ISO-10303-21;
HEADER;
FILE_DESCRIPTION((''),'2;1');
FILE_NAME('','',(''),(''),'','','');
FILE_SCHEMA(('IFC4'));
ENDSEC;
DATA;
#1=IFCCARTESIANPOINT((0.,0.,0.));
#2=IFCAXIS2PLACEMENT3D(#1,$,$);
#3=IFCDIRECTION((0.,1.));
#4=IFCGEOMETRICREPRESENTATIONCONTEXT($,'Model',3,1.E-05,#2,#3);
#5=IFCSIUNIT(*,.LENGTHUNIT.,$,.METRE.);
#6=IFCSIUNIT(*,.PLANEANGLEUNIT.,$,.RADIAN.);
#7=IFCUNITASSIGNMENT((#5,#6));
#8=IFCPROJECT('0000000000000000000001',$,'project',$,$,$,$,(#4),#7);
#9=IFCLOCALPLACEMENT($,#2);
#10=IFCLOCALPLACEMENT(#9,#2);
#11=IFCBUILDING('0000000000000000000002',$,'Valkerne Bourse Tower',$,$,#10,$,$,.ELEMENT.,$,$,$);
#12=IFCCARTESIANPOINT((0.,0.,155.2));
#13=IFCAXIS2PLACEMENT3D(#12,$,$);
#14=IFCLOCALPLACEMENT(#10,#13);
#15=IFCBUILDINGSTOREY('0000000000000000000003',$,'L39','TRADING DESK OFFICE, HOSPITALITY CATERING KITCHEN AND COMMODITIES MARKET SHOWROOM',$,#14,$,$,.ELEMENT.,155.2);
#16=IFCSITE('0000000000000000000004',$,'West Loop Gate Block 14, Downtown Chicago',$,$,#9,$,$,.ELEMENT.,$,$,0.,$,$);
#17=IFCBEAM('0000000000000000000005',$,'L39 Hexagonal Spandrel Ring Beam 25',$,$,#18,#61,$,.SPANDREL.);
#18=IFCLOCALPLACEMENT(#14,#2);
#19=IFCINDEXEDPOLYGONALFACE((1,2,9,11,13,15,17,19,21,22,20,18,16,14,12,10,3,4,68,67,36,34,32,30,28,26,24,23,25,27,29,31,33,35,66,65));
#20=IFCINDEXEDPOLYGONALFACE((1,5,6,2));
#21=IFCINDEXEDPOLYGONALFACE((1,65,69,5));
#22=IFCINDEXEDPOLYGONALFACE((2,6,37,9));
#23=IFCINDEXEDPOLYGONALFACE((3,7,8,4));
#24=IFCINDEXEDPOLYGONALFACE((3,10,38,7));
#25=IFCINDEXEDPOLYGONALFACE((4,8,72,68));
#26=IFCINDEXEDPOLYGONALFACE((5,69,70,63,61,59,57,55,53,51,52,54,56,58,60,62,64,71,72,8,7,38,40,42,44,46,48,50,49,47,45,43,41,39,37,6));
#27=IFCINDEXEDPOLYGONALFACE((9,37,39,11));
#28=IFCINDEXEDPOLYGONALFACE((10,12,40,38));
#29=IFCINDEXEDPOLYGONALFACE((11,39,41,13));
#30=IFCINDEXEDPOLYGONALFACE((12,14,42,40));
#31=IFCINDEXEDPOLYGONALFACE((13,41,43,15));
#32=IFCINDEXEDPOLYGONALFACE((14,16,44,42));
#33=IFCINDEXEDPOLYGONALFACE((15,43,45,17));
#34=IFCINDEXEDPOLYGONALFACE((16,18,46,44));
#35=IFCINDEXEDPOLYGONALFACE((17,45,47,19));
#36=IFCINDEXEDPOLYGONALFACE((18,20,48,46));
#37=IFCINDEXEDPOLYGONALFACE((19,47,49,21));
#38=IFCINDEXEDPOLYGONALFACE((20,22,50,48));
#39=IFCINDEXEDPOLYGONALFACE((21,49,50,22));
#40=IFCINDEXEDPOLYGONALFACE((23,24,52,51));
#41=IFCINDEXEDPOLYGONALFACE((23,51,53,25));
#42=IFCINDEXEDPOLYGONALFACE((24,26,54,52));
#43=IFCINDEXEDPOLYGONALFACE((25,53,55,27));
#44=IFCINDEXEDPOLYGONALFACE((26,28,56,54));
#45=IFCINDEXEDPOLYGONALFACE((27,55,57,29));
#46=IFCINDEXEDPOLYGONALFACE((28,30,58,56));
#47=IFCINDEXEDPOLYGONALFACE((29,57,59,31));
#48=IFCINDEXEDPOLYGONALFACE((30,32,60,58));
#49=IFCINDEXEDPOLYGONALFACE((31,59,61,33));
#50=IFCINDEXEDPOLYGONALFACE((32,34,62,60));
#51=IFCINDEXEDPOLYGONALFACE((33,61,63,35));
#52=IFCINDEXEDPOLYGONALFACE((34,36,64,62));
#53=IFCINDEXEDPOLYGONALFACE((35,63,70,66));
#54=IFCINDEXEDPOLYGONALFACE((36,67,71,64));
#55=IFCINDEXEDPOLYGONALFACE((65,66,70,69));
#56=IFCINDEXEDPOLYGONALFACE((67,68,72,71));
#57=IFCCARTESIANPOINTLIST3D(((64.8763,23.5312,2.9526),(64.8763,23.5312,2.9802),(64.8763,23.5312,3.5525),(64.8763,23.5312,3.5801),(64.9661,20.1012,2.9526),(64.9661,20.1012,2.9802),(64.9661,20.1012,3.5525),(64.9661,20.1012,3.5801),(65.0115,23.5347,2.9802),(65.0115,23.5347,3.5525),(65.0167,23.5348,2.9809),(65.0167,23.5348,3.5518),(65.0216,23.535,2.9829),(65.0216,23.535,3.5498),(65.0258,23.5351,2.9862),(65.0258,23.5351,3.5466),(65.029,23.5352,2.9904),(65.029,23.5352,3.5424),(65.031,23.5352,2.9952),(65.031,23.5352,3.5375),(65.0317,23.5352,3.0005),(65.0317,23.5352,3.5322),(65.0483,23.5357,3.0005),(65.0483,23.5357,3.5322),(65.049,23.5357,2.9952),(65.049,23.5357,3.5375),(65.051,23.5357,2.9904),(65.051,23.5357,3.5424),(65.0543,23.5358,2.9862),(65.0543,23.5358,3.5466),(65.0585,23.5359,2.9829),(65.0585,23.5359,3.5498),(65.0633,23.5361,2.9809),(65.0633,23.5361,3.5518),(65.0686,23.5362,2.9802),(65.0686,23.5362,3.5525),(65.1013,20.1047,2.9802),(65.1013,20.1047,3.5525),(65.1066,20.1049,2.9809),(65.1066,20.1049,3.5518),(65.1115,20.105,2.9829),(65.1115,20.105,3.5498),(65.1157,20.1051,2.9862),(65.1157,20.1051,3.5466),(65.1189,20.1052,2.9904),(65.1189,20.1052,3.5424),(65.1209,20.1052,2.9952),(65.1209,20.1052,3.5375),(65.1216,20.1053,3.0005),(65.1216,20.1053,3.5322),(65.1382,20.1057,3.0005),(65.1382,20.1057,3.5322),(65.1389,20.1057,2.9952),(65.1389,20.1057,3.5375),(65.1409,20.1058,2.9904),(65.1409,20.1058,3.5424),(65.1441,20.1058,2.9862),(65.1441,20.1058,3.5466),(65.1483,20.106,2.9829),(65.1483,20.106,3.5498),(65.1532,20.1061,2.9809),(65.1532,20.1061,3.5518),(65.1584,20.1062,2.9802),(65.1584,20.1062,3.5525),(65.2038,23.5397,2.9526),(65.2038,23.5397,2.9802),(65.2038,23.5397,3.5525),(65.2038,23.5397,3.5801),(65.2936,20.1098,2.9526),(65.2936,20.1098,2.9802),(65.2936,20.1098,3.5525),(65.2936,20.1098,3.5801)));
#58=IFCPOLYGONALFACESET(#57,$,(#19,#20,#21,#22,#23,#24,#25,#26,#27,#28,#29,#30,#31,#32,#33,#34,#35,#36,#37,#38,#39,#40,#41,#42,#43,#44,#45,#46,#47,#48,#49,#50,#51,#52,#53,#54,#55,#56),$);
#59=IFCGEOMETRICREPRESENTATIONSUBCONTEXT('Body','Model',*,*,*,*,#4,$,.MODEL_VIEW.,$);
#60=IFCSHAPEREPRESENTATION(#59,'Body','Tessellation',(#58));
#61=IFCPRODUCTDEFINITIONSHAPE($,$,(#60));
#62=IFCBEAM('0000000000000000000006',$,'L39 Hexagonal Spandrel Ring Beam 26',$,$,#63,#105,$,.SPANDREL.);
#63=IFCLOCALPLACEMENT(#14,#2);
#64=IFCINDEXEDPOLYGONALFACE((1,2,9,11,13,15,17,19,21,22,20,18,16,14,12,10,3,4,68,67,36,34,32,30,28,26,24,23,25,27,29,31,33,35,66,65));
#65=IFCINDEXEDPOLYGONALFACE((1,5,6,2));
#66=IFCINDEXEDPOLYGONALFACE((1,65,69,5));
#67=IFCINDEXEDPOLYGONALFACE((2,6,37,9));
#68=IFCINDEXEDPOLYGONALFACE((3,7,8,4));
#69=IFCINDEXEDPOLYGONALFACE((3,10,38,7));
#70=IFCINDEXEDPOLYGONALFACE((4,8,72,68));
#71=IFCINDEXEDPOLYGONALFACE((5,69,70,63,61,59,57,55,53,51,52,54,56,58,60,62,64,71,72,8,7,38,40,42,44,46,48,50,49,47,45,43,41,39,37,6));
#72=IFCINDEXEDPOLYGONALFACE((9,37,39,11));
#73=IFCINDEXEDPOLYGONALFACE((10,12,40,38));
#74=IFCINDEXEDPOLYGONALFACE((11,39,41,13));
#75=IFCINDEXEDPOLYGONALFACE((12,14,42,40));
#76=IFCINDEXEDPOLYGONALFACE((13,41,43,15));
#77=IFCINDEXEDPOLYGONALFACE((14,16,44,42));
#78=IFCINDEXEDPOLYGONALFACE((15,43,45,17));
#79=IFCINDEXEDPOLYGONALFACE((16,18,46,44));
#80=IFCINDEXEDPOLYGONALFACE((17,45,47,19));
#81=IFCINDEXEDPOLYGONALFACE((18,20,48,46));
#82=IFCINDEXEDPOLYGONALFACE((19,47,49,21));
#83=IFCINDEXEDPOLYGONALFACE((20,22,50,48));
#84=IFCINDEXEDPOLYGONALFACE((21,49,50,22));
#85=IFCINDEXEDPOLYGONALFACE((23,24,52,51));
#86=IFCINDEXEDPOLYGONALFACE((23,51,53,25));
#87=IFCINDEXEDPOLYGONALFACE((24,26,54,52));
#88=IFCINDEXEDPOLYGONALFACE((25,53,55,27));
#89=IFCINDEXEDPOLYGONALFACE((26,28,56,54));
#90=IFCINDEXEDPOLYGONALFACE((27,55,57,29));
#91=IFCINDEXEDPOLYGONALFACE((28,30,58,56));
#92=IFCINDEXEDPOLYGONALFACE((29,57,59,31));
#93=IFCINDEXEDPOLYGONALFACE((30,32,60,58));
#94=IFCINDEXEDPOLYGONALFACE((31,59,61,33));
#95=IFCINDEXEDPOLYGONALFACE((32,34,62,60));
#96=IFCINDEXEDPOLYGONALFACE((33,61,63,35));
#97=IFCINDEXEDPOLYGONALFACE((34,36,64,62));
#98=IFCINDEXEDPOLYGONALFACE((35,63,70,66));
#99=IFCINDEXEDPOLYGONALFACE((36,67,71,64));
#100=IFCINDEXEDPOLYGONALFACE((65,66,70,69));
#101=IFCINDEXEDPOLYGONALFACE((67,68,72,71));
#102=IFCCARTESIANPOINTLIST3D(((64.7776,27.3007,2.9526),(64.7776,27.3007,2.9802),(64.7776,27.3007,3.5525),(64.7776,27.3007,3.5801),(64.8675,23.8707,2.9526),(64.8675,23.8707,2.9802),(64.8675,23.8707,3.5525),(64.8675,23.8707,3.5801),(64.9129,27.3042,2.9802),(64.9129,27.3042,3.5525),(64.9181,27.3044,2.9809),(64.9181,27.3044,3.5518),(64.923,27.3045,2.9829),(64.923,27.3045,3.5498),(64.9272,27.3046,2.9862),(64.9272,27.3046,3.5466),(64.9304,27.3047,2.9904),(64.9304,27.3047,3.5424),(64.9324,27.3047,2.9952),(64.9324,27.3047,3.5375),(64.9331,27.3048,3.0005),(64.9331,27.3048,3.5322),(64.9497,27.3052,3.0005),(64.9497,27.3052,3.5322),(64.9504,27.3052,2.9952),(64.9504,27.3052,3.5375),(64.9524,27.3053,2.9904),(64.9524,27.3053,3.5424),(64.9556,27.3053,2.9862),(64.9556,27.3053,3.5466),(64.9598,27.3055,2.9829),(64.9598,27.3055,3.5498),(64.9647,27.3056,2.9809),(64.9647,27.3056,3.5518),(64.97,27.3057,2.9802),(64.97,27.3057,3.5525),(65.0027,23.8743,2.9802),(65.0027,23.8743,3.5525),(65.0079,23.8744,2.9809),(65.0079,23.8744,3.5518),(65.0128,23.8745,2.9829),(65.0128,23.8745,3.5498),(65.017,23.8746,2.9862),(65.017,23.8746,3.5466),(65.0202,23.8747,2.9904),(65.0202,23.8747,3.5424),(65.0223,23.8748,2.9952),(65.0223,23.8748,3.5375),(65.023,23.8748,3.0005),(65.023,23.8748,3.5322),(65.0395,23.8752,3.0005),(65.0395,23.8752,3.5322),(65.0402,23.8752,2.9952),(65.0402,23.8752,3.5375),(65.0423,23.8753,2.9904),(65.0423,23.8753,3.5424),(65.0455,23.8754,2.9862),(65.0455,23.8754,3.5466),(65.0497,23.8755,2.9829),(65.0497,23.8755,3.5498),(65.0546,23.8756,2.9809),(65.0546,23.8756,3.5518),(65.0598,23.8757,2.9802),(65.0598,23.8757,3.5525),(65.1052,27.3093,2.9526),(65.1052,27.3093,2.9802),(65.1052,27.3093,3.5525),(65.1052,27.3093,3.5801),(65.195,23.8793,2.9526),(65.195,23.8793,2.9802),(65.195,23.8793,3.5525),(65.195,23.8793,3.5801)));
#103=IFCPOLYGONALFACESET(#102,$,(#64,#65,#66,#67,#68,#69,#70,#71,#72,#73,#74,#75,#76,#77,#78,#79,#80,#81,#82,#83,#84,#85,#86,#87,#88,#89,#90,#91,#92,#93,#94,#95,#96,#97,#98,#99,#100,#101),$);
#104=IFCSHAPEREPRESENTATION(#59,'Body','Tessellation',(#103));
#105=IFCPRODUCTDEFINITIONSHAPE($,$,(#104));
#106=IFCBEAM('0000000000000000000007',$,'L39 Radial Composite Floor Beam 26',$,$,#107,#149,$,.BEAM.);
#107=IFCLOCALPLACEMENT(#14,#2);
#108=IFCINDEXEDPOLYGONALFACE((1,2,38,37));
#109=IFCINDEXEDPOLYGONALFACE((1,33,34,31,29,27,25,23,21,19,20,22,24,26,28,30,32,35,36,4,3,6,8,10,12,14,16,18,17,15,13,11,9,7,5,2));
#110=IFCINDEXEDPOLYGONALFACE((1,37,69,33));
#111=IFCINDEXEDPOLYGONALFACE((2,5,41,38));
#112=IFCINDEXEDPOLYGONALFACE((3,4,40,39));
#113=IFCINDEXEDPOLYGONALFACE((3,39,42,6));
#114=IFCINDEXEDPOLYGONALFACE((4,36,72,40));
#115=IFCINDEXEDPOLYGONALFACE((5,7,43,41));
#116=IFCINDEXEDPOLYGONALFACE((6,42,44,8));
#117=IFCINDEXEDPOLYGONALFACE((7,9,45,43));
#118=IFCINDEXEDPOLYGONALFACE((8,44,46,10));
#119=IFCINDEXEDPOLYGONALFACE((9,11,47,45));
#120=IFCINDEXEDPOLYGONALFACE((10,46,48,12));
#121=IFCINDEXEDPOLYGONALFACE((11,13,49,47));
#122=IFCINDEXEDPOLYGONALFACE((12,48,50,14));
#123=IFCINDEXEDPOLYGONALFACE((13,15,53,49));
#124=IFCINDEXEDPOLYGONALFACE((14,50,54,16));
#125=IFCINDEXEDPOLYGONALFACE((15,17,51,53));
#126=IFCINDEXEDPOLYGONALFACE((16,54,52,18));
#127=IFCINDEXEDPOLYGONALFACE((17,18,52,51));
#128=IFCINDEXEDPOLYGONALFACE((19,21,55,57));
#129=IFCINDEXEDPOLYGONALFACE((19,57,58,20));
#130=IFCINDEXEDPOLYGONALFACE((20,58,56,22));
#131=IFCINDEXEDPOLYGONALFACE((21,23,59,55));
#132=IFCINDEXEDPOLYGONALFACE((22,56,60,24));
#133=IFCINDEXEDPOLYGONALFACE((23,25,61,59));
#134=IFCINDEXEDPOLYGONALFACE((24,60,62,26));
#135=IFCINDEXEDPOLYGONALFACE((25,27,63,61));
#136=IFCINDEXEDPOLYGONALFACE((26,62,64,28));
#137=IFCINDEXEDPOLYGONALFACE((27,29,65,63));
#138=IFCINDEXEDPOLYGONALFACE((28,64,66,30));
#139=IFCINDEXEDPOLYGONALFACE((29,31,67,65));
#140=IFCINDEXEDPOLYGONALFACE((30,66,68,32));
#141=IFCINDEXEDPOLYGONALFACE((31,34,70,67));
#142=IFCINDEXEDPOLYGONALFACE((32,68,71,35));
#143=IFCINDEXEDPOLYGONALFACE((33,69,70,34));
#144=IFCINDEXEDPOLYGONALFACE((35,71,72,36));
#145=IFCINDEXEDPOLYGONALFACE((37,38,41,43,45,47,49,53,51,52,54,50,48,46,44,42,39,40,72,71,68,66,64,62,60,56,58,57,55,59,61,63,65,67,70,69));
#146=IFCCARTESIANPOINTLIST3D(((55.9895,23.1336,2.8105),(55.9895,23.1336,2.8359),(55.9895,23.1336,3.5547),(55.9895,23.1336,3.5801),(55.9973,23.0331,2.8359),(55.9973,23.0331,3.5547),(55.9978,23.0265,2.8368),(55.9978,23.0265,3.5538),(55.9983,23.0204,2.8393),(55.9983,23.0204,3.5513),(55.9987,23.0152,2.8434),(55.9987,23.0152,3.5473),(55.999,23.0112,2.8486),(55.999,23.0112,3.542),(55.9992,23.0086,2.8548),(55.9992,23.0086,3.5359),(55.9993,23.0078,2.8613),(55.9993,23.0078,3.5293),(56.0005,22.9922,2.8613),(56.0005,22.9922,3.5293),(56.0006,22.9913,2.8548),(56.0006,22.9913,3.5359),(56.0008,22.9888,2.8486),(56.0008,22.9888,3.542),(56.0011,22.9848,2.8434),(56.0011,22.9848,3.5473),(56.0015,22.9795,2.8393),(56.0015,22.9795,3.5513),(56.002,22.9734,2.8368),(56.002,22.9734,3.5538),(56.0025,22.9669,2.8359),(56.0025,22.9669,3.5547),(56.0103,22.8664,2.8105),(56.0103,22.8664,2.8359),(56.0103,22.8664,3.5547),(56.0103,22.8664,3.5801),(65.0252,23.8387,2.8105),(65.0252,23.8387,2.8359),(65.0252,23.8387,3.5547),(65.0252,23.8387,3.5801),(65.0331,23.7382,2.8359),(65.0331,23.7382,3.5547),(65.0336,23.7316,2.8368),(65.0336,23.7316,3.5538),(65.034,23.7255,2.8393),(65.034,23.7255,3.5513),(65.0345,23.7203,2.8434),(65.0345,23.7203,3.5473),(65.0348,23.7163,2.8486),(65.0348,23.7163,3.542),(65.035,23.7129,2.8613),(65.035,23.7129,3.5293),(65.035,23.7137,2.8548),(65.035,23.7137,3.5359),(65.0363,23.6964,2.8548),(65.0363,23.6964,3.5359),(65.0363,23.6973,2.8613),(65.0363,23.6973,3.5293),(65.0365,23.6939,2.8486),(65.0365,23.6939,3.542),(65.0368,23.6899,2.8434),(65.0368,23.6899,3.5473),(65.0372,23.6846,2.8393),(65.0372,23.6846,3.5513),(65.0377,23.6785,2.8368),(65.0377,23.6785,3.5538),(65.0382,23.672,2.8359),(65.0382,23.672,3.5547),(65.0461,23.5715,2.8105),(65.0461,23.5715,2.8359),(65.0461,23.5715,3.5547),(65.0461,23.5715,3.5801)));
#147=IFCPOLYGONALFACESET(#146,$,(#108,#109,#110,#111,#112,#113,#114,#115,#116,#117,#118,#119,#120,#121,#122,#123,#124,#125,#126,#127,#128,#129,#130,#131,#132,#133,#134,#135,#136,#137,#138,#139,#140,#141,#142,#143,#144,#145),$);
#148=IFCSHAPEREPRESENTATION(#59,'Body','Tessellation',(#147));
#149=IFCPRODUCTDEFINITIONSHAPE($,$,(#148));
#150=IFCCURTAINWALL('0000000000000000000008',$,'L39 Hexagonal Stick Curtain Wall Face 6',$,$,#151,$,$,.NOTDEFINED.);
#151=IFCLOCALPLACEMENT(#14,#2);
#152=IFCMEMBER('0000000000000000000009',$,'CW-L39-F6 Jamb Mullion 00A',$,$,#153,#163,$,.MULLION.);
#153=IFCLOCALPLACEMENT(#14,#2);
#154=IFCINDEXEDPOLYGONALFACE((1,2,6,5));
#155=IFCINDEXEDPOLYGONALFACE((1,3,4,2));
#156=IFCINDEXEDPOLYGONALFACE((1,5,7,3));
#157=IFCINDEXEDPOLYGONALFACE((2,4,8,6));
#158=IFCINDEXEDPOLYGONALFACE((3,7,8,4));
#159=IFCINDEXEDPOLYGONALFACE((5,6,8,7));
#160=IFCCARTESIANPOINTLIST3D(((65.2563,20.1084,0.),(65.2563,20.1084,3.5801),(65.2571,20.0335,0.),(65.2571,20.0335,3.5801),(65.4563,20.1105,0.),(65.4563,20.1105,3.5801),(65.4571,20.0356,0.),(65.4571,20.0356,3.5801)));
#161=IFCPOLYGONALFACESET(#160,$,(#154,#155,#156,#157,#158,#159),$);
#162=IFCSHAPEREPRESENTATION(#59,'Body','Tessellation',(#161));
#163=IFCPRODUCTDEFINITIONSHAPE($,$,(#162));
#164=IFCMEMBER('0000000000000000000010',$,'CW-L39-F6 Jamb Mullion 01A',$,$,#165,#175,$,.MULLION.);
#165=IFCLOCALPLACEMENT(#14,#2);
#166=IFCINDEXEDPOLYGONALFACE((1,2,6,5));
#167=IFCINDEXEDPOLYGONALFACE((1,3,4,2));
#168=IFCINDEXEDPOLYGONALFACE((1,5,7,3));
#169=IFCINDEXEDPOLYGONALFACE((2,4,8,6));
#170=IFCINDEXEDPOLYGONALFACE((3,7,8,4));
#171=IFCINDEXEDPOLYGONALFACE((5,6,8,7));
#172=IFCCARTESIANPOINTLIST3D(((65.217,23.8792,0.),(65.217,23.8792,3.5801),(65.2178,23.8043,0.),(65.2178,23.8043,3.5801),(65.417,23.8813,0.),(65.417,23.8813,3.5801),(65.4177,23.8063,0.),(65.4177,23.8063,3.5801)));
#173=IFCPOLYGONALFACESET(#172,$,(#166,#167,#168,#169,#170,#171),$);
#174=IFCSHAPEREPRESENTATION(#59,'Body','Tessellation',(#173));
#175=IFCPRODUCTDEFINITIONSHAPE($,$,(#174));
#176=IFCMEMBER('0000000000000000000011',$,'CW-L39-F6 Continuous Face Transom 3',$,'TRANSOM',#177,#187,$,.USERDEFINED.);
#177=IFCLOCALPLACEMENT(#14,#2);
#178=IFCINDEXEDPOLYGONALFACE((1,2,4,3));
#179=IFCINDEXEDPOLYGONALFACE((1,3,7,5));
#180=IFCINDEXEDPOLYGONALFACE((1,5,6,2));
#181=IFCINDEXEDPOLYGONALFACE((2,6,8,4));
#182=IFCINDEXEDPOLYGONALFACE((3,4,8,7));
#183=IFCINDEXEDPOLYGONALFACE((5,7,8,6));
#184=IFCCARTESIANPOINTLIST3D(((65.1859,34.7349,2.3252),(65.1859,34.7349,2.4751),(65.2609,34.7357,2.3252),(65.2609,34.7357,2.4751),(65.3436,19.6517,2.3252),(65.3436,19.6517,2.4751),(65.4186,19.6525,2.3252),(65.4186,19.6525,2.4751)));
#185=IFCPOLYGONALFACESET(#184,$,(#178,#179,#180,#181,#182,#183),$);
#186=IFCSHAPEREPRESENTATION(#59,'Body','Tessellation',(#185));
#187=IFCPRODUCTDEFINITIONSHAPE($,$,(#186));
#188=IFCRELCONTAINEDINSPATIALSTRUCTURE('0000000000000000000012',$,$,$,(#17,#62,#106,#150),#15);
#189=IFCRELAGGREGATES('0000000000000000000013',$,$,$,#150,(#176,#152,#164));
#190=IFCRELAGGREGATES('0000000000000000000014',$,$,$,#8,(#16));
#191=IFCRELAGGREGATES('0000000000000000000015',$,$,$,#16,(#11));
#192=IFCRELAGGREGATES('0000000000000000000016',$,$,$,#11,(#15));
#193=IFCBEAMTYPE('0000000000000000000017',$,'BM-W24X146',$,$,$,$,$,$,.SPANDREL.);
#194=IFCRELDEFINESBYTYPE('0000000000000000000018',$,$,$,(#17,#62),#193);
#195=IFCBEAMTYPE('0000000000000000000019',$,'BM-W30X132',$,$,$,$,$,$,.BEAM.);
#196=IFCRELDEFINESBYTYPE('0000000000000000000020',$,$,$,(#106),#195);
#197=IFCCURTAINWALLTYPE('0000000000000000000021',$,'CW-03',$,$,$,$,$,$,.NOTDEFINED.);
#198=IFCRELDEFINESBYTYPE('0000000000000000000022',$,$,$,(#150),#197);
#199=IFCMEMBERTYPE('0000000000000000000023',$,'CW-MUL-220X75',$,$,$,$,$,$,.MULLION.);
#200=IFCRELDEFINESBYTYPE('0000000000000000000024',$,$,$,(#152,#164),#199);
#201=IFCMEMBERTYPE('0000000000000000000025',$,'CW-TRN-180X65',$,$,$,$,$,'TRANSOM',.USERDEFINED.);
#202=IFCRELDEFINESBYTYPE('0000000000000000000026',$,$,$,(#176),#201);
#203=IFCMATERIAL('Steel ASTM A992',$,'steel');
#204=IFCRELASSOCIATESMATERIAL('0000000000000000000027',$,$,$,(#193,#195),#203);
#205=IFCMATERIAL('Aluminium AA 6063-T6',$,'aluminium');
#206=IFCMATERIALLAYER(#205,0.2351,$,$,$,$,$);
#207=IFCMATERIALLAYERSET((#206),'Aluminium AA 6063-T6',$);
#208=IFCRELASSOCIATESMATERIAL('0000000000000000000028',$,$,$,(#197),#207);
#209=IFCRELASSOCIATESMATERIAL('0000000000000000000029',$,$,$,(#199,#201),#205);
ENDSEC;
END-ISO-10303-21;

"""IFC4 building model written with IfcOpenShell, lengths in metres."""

from ifc_helpers import new_model, si_unit, direction, frame, origin, origin_2d, place, context, subcontext, project, spatial, rectangle, i_section, extrude, material, layer, layer_set, material_profile, profile_set, type_object, element, aggregate, save


model = new_model("IFC4")

# Units and contexts
model_context = context("Model", 3, precision=1e-05, world=origin(), true_north=direction((0.0, 1.0)))
body_context = subcontext(model_context, "Body", "Model", "MODEL_VIEW")
ifc_project = project(units=[si_unit("LENGTHUNIT", "METRE"), si_unit("PLANEANGLEUNIT", "RADIAN")], contexts=[model_context])

# Site, building, storey
site_placement = place(None, origin())
site = spatial("IfcSite", under=ifc_project, at=site_placement, Name="West Loop Gate Block 14, Downtown Chicago", CompositionType="ELEMENT", RefElevation=0.0)
building_placement = place(site_placement, origin())
building = spatial("IfcBuilding", under=site, at=building_placement, Name="Valkerne Bourse Tower", CompositionType="ELEMENT")
storey_placement = place(building_placement, frame((0.0, 0.0, 155.2)))
storey = spatial("IfcBuildingStorey", under=building, at=storey_placement, Name="L39", Description="TRADING DESK OFFICE, HOSPITALITY CATERING KITCHEN AND COMMODITIES MARKET SHOWROOM", CompositionType="ELEMENT", Elevation=155.2)

# Beams
ifc_material_1 = material(Name="Steel ASTM A992", Category="steel")
ifc_material_profile_1 = material_profile(ifc_material_1, i_section(OverallWidth=0.3276, OverallDepth=0.6274, WebThickness=0.0166, FlangeThickness=0.0276, FilletRadius=0.0203, at=origin_2d()), Name="W24X146")
ifc_profile_set_1 = profile_set([ifc_material_profile_1], Name="Steel ASTM A992")
beam_type_1 = type_object("IfcBeamType", Name="BM-W24X146", PredefinedType="SPANDREL", material=ifc_profile_set_1)
for number, where, z_axis, x_axis, name in (
    (1, (65.1299, 20.1055, 3.2664), (-0.026185, 0.999657, 0.0), (-0.999657, -0.026185, 0.0), "L39 Hexagonal Spandrel Ring Beam 25"),
    (2, (65.0312, 23.875, 3.2664), (-0.026185, 0.999657, 0.0), (-0.999657, -0.026185, 0.0), "L39 Hexagonal Spandrel Ring Beam 26"),
):
    element("IfcBeam", number, at=place(storey_placement, frame(where, z_axis=z_axis, x_axis=x_axis)), inside=storey, type_object=beam_type_1, Name=name, PredefinedType="SPANDREL", context=body_context, shape_type="SweptSolid", body=[
        extrude(i_section(OverallWidth=0.3276, OverallDepth=0.6274, WebThickness=0.0166, FlangeThickness=0.0276, FilletRadius=0.0203, at=origin_2d()), origin(), (0.0, 0.0, 1.0), 3.4312),
    ])
ifc_material_profile_2 = material_profile(ifc_material_1, i_section(OverallWidth=0.2681, OverallDepth=0.7695, WebThickness=0.0156, FlangeThickness=0.0254, FilletRadius=0.0254, at=origin_2d()), Name="W30X132")
ifc_profile_set_2 = profile_set([ifc_material_profile_2], Name="Steel ASTM A992")
beam_type_2 = type_object("IfcBeamType", Name="BM-W30X132", PredefinedType="BEAM", material=ifc_profile_set_2)
beam_1_placement = place(storey_placement, frame((65.0356, 23.7051, 3.1953), z_axis=(-0.996969, -0.077796, 0.0), x_axis=(0.077796, -0.996969, 0.0)))
element("IfcBeam", 3, at=beam_1_placement, inside=storey, type_object=beam_type_2, Name="L39 Radial Composite Floor Beam 26", PredefinedType="BEAM", context=body_context, shape_type="SweptSolid", body=[
    extrude(i_section(OverallWidth=0.2681, OverallDepth=0.7695, WebThickness=0.0156, FlangeThickness=0.0254, FilletRadius=0.0254, at=origin_2d()), origin(), (0.0, 0.0, 1.0), 9.0632),
])

# Curtain wall, members
ifc_material_2 = material(Name="Aluminium AA 6063-T6", Category="aluminium")
ifc_layer_1 = layer(ifc_material_2, 0.2351)
ifc_layer_set_1 = layer_set([ifc_layer_1], Name="Aluminium AA 6063-T6")
curtain_wall_type = type_object("IfcCurtainWallType", Name="CW-03", PredefinedType="NOTDEFINED", material=ifc_layer_set_1)
curtain_wall_placement = place(storey_placement, origin())
curtain_wall = element("IfcCurtainWall", 4, at=curtain_wall_placement, inside=storey, type_object=curtain_wall_type, Name="L39 Hexagonal Stick Curtain Wall Face 6", PredefinedType="NOTDEFINED")
ifc_material_profile_3 = material_profile(ifc_material_2, rectangle(XDim=0.075, YDim=0.2, at=origin_2d()), Name="CWM-75X200")
ifc_profile_set_3 = profile_set([ifc_material_profile_3], Name="Aluminium AA 6063-T6")
member_type_1 = type_object("IfcMemberType", Name="CW-MUL-220X75", PredefinedType="MULLION", material=ifc_profile_set_3)
member_1_placement = place(storey_placement, frame((65.3567, 20.072, 0.0), z_axis=(0.0, 0.0, 1.0), x_axis=(-0.010475, 0.999945, 0.0)))
member_1 = element("IfcMember", 5, at=member_1_placement, type_object=member_type_1, Name="CW-L39-F6 Jamb Mullion 00A", PredefinedType="MULLION", context=body_context, shape_type="SweptSolid", body=[
    extrude(rectangle(XDim=0.075, YDim=0.2, at=origin_2d()), origin(), (0.0, 0.0, 1.0), 3.5801),
])
member_2_placement = place(storey_placement, frame((65.3174, 23.8428, 0.0), z_axis=(0.0, 0.0, 1.0), x_axis=(-0.010475, 0.999945, 0.0)))
member_2 = element("IfcMember", 6, at=member_2_placement, type_object=member_type_1, Name="CW-L39-F6 Jamb Mullion 01A", PredefinedType="MULLION", context=body_context, shape_type="SweptSolid", body=[
    extrude(rectangle(XDim=0.075, YDim=0.2, at=origin_2d()), origin(), (0.0, 0.0, 1.0), 3.5801),
])
ifc_material_profile_4 = material_profile(ifc_material_2, rectangle(XDim=0.075, YDim=0.1499, at=origin_2d()), Name="CWT-75X150")
ifc_profile_set_4 = profile_set([ifc_material_profile_4], Name="Aluminium AA 6063-T6")
member_type_2 = type_object("IfcMemberType", Name="CW-TRN-180X65", ElementType="TRANSOM", PredefinedType="USERDEFINED", material=ifc_profile_set_4)
member_3_placement = place(storey_placement, frame((65.3811, 19.6521, 2.4001), z_axis=(-0.010456, 0.999945, 0.0), x_axis=(-0.999945, -0.010456, 0.0)))
member_3 = element("IfcMember", 7, at=member_3_placement, type_object=member_type_2, Name="CW-L39-F6 Continuous Face Transom 3", ObjectType="TRANSOM", PredefinedType="USERDEFINED", context=body_context, shape_type="SweptSolid", body=[
    extrude(rectangle(XDim=0.075, YDim=0.1499, at=origin_2d()), origin(), (0.0, 0.0, 1.0), 15.084),
])

aggregate(curtain_wall, [member_3, member_1, member_2])

save(model, "model.ifc")
